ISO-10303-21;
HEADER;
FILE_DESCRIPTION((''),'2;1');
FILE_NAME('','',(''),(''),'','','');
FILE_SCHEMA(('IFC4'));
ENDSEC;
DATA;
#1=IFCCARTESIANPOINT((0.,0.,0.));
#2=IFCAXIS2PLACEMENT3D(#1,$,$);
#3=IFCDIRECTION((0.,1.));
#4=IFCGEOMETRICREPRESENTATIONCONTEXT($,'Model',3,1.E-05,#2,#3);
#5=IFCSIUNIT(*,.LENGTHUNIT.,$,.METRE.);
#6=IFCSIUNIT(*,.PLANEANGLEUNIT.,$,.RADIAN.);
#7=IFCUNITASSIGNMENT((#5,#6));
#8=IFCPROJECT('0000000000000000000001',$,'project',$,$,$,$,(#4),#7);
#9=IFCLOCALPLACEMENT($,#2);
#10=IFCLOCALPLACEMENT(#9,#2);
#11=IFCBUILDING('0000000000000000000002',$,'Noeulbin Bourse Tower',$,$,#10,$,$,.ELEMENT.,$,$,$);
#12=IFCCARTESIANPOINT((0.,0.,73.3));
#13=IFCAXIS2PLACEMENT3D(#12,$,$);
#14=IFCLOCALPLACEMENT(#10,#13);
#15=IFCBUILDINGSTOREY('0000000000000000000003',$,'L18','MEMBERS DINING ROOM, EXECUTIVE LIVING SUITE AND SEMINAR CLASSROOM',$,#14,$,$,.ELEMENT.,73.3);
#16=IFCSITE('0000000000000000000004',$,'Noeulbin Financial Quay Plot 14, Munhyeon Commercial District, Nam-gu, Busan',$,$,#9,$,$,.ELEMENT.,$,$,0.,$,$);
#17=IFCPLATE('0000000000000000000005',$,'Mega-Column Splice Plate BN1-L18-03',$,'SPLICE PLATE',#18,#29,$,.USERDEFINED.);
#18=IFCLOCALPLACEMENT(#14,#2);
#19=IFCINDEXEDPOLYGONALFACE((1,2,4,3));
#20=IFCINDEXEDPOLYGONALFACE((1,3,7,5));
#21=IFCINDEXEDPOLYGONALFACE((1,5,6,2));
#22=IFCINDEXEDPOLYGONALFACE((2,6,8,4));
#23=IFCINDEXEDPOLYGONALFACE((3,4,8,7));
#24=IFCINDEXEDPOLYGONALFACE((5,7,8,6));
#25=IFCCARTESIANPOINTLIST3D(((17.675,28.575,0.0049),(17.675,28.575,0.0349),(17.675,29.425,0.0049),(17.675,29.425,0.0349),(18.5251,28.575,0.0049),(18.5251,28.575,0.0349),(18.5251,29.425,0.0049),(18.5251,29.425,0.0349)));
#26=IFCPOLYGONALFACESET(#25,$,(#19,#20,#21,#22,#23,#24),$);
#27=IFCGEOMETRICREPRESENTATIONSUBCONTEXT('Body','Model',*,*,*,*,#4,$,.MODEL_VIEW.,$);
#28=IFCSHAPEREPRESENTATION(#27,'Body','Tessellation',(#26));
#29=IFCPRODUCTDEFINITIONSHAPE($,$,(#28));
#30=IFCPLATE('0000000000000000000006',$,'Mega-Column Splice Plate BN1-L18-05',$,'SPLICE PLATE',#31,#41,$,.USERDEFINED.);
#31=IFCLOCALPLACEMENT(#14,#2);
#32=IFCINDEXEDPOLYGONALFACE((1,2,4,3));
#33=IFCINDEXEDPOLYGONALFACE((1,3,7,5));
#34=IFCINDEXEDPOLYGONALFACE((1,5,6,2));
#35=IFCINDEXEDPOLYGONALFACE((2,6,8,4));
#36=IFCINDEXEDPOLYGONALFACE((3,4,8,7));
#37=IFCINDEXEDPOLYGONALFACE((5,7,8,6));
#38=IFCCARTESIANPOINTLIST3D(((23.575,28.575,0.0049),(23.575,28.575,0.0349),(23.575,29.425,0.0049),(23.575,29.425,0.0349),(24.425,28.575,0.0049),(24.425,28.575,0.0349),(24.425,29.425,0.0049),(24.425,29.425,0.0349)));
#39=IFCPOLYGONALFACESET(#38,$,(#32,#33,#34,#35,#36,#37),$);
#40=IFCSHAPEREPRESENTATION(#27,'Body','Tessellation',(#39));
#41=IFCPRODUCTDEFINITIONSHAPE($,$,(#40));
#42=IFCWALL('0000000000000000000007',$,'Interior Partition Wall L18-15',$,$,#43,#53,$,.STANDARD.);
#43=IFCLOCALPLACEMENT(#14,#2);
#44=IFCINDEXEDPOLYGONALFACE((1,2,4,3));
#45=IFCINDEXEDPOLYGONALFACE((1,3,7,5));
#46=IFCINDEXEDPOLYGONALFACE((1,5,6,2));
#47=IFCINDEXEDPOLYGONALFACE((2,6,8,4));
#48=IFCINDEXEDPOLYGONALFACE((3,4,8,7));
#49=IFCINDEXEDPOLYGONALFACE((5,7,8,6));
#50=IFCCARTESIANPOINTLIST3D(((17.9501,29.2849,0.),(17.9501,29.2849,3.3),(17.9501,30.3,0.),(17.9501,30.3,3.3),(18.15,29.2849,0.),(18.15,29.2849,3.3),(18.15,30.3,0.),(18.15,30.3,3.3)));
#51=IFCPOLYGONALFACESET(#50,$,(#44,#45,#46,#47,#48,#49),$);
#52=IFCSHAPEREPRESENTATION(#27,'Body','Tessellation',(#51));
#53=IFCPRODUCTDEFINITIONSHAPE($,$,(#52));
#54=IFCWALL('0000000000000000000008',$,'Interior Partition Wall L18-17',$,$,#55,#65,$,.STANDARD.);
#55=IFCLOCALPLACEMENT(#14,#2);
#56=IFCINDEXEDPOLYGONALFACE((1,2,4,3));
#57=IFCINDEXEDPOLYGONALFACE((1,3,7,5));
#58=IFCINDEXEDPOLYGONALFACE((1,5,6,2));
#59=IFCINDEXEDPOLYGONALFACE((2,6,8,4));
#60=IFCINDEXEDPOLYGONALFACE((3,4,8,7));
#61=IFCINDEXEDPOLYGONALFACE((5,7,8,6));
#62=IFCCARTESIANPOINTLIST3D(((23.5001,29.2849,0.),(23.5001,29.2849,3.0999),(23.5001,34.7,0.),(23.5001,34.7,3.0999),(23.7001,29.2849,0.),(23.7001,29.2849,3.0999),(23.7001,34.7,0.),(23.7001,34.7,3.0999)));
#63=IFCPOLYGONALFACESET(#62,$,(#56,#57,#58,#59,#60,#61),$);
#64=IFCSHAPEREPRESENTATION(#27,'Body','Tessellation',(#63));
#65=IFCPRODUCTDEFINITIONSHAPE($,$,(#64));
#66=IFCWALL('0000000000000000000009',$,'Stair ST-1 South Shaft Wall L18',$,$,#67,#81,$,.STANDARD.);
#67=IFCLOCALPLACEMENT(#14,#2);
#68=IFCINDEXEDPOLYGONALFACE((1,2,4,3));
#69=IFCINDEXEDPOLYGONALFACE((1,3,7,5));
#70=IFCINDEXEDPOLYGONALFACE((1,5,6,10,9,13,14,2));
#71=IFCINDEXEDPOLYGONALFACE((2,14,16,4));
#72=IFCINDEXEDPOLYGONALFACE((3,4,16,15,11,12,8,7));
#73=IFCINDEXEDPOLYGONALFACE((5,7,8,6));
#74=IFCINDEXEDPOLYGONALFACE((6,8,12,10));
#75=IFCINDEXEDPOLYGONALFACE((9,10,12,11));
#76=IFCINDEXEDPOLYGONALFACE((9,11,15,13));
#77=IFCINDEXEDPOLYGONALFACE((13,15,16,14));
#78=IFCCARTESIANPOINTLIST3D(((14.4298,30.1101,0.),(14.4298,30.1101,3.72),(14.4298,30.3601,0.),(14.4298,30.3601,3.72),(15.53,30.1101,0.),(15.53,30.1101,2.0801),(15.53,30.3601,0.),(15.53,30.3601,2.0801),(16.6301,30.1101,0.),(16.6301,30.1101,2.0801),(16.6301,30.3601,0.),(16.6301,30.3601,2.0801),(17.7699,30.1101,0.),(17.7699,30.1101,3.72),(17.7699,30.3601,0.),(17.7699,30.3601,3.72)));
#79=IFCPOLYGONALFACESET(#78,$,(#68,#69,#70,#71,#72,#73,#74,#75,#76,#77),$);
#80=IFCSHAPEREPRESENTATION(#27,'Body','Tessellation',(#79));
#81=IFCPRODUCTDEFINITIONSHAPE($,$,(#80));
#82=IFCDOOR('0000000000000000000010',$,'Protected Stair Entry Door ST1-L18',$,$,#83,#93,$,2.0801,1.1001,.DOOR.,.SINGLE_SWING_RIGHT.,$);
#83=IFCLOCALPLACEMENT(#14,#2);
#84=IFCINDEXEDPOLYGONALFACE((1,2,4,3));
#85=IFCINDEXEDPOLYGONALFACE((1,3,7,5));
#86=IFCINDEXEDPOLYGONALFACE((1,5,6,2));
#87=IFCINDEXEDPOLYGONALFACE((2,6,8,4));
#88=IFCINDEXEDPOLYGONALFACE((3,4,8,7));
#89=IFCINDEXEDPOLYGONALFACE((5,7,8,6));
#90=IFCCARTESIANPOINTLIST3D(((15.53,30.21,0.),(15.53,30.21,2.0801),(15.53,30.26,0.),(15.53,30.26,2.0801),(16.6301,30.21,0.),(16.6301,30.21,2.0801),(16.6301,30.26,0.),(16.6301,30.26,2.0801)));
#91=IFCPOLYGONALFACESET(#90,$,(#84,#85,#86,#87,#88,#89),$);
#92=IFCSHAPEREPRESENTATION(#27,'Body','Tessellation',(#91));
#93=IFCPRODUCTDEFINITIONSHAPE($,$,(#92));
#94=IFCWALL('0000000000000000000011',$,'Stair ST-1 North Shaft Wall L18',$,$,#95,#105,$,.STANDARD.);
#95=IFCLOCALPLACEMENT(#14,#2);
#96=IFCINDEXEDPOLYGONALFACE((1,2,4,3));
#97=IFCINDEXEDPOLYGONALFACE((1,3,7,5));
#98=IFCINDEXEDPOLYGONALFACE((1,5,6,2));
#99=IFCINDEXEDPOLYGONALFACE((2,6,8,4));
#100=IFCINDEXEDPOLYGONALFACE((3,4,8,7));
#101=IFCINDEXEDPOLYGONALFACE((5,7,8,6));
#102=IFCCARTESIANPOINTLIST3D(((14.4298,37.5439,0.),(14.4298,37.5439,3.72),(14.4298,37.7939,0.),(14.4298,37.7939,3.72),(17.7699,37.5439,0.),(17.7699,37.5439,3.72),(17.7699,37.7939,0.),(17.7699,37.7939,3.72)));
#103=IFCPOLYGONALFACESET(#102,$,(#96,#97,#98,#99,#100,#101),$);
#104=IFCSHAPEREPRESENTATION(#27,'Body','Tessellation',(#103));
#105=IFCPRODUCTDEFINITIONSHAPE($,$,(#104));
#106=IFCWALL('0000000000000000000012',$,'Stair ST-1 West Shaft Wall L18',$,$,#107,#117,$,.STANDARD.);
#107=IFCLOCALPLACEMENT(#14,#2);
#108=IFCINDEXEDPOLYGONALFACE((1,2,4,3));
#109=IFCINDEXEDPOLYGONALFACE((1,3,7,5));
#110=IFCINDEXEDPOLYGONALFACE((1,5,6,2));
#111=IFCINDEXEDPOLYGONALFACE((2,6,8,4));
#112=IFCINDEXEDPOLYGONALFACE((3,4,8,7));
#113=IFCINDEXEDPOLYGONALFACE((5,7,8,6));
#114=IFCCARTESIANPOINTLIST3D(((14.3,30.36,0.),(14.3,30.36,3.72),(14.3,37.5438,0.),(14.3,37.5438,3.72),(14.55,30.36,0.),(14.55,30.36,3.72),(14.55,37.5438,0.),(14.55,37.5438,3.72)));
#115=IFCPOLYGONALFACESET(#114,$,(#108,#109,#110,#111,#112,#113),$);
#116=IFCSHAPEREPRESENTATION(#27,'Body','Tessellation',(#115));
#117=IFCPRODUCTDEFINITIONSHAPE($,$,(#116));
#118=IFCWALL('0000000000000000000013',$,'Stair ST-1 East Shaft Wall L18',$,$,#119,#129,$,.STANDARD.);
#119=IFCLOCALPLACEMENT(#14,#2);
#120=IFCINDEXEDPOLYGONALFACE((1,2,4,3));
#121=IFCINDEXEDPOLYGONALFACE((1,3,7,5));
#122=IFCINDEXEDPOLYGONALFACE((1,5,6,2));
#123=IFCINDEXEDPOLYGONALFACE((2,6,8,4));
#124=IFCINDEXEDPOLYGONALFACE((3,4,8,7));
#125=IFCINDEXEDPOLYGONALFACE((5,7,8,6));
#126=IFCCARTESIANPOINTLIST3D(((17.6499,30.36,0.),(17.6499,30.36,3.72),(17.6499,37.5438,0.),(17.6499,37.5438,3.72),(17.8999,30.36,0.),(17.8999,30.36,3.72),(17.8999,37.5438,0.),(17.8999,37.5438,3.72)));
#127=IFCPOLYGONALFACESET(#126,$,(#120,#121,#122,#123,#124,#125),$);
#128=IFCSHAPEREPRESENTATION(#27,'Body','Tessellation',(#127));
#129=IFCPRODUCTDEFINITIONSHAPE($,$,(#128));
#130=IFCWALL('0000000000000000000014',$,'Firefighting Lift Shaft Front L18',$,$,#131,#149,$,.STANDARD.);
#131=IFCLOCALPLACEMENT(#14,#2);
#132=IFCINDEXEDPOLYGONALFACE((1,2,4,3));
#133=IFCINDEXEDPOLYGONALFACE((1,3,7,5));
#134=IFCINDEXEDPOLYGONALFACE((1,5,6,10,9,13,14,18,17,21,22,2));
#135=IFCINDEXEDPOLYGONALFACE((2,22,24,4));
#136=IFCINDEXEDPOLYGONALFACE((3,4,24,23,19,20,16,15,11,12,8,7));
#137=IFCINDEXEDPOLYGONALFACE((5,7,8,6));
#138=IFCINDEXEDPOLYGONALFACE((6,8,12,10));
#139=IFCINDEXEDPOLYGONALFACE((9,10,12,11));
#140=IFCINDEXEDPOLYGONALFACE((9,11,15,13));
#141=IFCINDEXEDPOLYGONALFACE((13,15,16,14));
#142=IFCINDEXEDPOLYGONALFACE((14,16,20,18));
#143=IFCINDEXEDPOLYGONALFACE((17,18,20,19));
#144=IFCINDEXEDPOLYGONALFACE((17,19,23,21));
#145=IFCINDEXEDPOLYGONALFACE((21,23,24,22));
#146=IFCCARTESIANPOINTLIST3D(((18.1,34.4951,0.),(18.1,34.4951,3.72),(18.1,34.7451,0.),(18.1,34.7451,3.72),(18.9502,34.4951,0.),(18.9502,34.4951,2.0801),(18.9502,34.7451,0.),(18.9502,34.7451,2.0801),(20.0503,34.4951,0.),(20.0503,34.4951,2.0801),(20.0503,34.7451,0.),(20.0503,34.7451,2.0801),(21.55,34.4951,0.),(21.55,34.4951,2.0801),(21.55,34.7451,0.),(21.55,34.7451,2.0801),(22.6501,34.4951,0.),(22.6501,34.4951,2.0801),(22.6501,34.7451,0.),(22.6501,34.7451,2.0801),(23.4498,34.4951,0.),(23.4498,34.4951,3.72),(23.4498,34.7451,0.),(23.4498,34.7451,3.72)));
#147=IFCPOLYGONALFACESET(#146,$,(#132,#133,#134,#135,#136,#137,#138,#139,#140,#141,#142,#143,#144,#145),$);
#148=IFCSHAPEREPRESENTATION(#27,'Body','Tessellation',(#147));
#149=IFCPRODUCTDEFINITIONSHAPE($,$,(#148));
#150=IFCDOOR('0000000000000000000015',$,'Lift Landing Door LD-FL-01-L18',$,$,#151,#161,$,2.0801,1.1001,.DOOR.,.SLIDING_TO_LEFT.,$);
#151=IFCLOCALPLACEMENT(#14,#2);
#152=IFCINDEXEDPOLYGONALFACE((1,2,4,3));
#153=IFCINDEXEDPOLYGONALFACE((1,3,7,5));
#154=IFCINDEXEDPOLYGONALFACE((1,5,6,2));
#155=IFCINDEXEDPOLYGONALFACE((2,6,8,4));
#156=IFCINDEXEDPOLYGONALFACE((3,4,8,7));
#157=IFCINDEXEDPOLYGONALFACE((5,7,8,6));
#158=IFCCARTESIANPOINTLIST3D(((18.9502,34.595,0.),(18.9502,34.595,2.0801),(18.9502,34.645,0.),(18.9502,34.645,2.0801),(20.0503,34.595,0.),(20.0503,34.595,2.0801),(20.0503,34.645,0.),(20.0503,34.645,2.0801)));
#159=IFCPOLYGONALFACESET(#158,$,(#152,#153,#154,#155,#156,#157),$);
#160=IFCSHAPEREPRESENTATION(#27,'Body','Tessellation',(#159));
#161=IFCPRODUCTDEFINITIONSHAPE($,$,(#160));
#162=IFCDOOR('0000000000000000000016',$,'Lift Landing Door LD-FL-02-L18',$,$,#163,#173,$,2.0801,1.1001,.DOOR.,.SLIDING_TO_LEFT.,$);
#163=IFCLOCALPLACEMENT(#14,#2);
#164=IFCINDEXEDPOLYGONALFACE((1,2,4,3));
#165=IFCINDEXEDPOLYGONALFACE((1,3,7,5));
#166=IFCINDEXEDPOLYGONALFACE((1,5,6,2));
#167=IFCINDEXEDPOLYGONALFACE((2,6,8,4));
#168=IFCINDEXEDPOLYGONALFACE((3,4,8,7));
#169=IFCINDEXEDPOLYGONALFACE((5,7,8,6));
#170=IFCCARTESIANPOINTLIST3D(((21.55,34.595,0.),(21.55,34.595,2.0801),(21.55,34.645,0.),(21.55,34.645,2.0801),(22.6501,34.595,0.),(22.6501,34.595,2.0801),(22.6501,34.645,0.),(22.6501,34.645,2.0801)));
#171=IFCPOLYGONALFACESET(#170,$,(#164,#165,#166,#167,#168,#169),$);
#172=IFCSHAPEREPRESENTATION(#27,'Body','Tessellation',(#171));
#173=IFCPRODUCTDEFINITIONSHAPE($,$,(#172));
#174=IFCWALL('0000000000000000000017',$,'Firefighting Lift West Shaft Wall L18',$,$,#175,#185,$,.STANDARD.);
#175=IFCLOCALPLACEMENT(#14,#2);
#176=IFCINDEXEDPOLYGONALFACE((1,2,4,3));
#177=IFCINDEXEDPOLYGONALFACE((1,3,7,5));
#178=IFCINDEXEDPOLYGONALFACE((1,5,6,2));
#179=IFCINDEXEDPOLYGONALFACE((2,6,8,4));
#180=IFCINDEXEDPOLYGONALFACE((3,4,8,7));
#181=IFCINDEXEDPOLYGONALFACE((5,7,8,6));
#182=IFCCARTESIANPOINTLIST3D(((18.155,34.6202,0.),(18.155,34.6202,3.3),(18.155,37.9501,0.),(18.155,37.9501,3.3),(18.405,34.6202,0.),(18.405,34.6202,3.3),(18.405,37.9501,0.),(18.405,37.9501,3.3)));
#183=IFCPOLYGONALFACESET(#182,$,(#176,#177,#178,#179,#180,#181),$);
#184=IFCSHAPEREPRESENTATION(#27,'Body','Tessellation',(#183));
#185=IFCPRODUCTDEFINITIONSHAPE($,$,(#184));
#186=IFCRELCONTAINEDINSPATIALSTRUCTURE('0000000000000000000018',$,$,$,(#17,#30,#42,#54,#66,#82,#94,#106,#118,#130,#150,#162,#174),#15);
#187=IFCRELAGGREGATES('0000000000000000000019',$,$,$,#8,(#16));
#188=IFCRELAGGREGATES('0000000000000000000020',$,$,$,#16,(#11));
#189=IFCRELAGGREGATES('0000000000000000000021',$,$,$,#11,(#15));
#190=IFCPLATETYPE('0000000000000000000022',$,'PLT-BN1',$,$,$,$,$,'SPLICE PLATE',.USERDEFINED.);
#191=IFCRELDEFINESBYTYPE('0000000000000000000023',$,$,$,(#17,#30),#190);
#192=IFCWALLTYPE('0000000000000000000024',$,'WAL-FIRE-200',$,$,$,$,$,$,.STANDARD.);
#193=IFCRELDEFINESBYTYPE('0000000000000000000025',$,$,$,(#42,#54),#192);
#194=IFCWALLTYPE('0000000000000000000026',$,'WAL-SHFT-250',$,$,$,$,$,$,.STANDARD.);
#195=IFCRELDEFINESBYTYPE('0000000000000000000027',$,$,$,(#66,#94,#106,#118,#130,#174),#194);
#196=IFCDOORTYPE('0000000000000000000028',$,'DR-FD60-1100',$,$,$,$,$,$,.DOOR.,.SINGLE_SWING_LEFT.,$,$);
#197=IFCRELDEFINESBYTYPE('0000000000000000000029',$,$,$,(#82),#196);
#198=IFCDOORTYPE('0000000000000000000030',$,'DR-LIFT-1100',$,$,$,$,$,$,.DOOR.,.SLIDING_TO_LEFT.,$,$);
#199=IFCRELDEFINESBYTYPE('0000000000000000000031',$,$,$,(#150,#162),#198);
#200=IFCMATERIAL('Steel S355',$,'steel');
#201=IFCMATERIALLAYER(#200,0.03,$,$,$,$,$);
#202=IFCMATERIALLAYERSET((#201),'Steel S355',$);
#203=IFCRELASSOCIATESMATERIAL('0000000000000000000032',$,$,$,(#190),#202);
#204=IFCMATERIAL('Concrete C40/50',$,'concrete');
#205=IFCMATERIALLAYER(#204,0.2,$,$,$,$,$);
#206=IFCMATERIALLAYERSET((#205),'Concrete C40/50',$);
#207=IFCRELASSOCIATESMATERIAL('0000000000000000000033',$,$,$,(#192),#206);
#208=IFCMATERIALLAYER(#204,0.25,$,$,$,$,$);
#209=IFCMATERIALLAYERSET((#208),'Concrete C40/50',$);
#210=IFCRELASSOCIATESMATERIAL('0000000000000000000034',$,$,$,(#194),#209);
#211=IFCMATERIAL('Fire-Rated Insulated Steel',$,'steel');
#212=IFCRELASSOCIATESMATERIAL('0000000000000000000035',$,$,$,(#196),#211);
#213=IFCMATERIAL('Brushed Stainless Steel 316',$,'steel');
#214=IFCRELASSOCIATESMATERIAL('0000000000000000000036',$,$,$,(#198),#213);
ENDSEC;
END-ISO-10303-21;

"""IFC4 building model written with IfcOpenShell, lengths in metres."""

from ifc_helpers import new_model, si_unit, direction, frame, frame_2d, origin, origin_2d, place, context, subcontext, project, spatial, rectangle, extrude, material, layer, layer_set, type_object, element, fill, save


model = new_model("IFC4")

# Units and contexts
model_context = context("Model", 3, precision=1e-05, world=origin(), true_north=direction((0.0, 1.0)))
body_context = subcontext(model_context, "Body", "Model", "MODEL_VIEW")
ifc_project = project(units=[si_unit("LENGTHUNIT", "METRE"), si_unit("PLANEANGLEUNIT", "RADIAN")], contexts=[model_context])

# Site, building, storey
site_placement = place(None, origin())
site = spatial("IfcSite", under=ifc_project, at=site_placement, Name="Noeulbin Financial Quay Plot 14, Munhyeon Commercial District, Nam-gu, Busan", CompositionType="ELEMENT", RefElevation=0.0)
building_placement = place(site_placement, origin())
building = spatial("IfcBuilding", under=site, at=building_placement, Name="Noeulbin Bourse Tower", CompositionType="ELEMENT")
storey_placement = place(building_placement, frame((0.0, 0.0, 73.3)))
storey = spatial("IfcBuildingStorey", under=building, at=storey_placement, Name="L18", Description="MEMBERS DINING ROOM, EXECUTIVE LIVING SUITE AND SEMINAR CLASSROOM", CompositionType="ELEMENT", Elevation=73.3)

# Shared definitions
ifc_material_1 = material(Name="Steel S355", Category="steel")

# Plates
ifc_layer_1 = layer(ifc_material_1, 0.03)
ifc_layer_set_1 = layer_set([ifc_layer_1], Name="Steel S355")
plate_type = type_object("IfcPlateType", Name="PLT-BN1", ElementType="SPLICE PLATE", PredefinedType="USERDEFINED", material=ifc_layer_set_1)
for number, where, z_axis, x_axis, name in (
    (1, (18.1001, 29.0, 0.0049), (0.0, 0.0, 1.0), (1.0, 0.0, 0.0), "Mega-Column Splice Plate BN1-L18-03"),
    (2, (24.0, 29.0, 0.0049), (0.0, 0.0, 1.0), (1.0, 0.0, 0.0), "Mega-Column Splice Plate BN1-L18-05"),
):
    element("IfcPlate", number, at=place(storey_placement, frame(where, z_axis=z_axis, x_axis=x_axis)), inside=storey, type_object=plate_type, Name=name, ObjectType="SPLICE PLATE", PredefinedType="USERDEFINED", context=body_context, shape_type="SweptSolid", body=[
        extrude(rectangle(XDim=0.8501, YDim=0.8501, at=origin_2d()), origin(), (0.0, 0.0, 1.0), 0.03),
    ])

# Walls
ifc_material_2 = material(Name="Concrete C40/50", Category="concrete")
ifc_layer_2 = layer(ifc_material_2, 0.2)
ifc_layer_set_2 = layer_set([ifc_layer_2], Name="Concrete C40/50")
wall_type_1 = type_object("IfcWallType", Name="WAL-FIRE-200", PredefinedType="STANDARD", material=ifc_layer_set_2)
wall_1_placement = place(storey_placement, frame((18.05, 29.2849, 0.0), z_axis=(0.0, 0.0, 1.0), x_axis=(0.0, 1.0, 0.0)))
element("IfcWall", 3, at=wall_1_placement, inside=storey, type_object=wall_type_1, Name="Interior Partition Wall L18-15", PredefinedType="STANDARD", context=body_context, shape_type="SweptSolid", body=[
    extrude(rectangle(XDim=1.0151, YDim=0.2, at=frame_2d((0.5076, 0.0))), origin(), (0.0, 0.0, 1.0), 3.3),
])
wall_2_placement = place(storey_placement, frame((23.6001, 29.2849, 0.0), z_axis=(0.0, 0.0, 1.0), x_axis=(0.0, 1.0, 0.0)))
element("IfcWall", 4, at=wall_2_placement, inside=storey, type_object=wall_type_1, Name="Interior Partition Wall L18-17", PredefinedType="STANDARD", context=body_context, shape_type="SweptSolid", body=[
    extrude(rectangle(XDim=5.415, YDim=0.2, at=frame_2d((2.7075, 0.0))), origin(), (0.0, 0.0, 1.0), 3.0999),
])

# Wall, opening, door
ifc_layer_3 = layer(ifc_material_2, 0.25)
ifc_layer_set_3 = layer_set([ifc_layer_3], Name="Concrete C40/50")
wall_type_2 = type_object("IfcWallType", Name="WAL-SHFT-250", PredefinedType="STANDARD", material=ifc_layer_set_3)
wall_3_placement = place(storey_placement, frame((14.4299, 30.2351, 0.0), z_axis=(0.0, 0.0, 1.0), x_axis=(1.0, 0.0, 0.0)))
wall_3 = element("IfcWall", 5, at=wall_3_placement, inside=storey, type_object=wall_type_2, Name="Stair ST-1 South Shaft Wall L18", PredefinedType="STANDARD", context=body_context, shape_type="SweptSolid", body=[
    extrude(rectangle(XDim=3.3401, YDim=0.25, at=frame_2d((1.6699, 0.0))), origin(), (0.0, 0.0, 1.0), 3.72),
])
opening_1_placement = place(wall_3_placement, frame((1.1001, 0.0, 0.0)))
opening_1 = element("IfcOpeningElement", 6, at=opening_1_placement, cuts=wall_3, PredefinedType="OPENING", context=body_context, shape_type="SweptSolid", body=[
    extrude(rectangle(XDim=1.1001, YDim=2.0801, at=frame_2d((0.55, 1.04))), frame((0.0, 0.135, 0.0), z_axis=(0.0, -1.0, 0.0), x_axis=(1.0, 0.0, 0.0)), (0.0, 0.0, 1.0), 0.27),
])
ifc_material_3 = material(Name="Fire-Rated Insulated Steel", Category="steel")
door_type_1 = type_object("IfcDoorType", Name="DR-FD60-1100", OperationType="SINGLE_SWING_LEFT", PredefinedType="DOOR", material=ifc_material_3)
door_1_placement = place(opening_1_placement, origin())
door_1 = element("IfcDoor", 7, at=door_1_placement, inside=storey, type_object=door_type_1, Name="Protected Stair Entry Door ST1-L18", OperationType="SINGLE_SWING_RIGHT", OverallHeight=2.0801, OverallWidth=1.1001, PredefinedType="DOOR", context=body_context, shape_type="SweptSolid", body=[
    extrude(rectangle(XDim=1.1001, YDim=2.0801, at=frame_2d((0.55, 1.04))), frame((0.0, 0.0249, 0.0), z_axis=(0.0, -1.0, 0.0), x_axis=(1.0, 0.0, 0.0)), (0.0, 0.0, 1.0), 0.05),
])
fill(opening_1, door_1)

# Walls
wall_4_placement = place(storey_placement, frame((14.4299, 37.6689, 0.0), z_axis=(0.0, 0.0, 1.0), x_axis=(1.0, 0.0, 0.0)))
element("IfcWall", 8, at=wall_4_placement, inside=storey, type_object=wall_type_2, Name="Stair ST-1 North Shaft Wall L18", PredefinedType="STANDARD", context=body_context, shape_type="SweptSolid", body=[
    extrude(rectangle(XDim=3.3401, YDim=0.25, at=frame_2d((1.6699, 0.0))), origin(), (0.0, 0.0, 1.0), 3.72),
])
for number, where, z_axis, x_axis, name in (
    (9, (14.425, 30.3601, 0.0), (0.0, 0.0, 1.0), (0.0, 1.0, 0.0), "Stair ST-1 West Shaft Wall L18"),
    (10, (17.7749, 30.3601, 0.0), (0.0, 0.0, 1.0), (0.0, 1.0, 0.0), "Stair ST-1 East Shaft Wall L18"),
):
    element("IfcWall", number, at=place(storey_placement, frame(where, z_axis=z_axis, x_axis=x_axis)), inside=storey, type_object=wall_type_2, Name=name, PredefinedType="STANDARD", context=body_context, shape_type="SweptSolid", body=[
        extrude(rectangle(XDim=7.1838, YDim=0.25, at=frame_2d((3.5918, 0.0))), origin(), (0.0, 0.0, 1.0), 3.72),
    ])

# Wall, openings, doors
wall_5_placement = place(storey_placement, frame((18.1001, 34.6201, 0.0), z_axis=(0.0, 0.0, 1.0), x_axis=(1.0, 0.0, 0.0)))
wall_5 = element("IfcWall", 11, at=wall_5_placement, inside=storey, type_object=wall_type_2, Name="Firefighting Lift Shaft Front L18", PredefinedType="STANDARD", context=body_context, shape_type="SweptSolid", body=[
    extrude(rectangle(XDim=5.3499, YDim=0.25, at=frame_2d((2.6748, 0.0))), origin(), (0.0, 0.0, 1.0), 3.72),
])
opening_2_placement = place(wall_5_placement, frame((0.8501, 0.0, 0.0)))
opening_2 = element("IfcOpeningElement", 12, at=opening_2_placement, cuts=wall_5, PredefinedType="OPENING", context=body_context, shape_type="SweptSolid", body=[
    extrude(rectangle(XDim=1.1001, YDim=2.0801, at=frame_2d((0.55, 1.04))), frame((0.0, 0.135, 0.0), z_axis=(0.0, -1.0, 0.0), x_axis=(1.0, 0.0, 0.0)), (0.0, 0.0, 1.0), 0.27),
])
opening_3_placement = place(wall_5_placement, frame((3.45, 0.0, 0.0)))
opening_3 = element("IfcOpeningElement", 13, at=opening_3_placement, cuts=wall_5, PredefinedType="OPENING", context=body_context, shape_type="SweptSolid", body=[
    extrude(rectangle(XDim=1.1001, YDim=2.0801, at=frame_2d((0.55, 1.04))), frame((0.0, 0.135, 0.0), z_axis=(0.0, -1.0, 0.0), x_axis=(1.0, 0.0, 0.0)), (0.0, 0.0, 1.0), 0.27),
])
ifc_material_4 = material(Name="Brushed Stainless Steel 316", Category="steel")
door_type_2 = type_object("IfcDoorType", Name="DR-LIFT-1100", OperationType="SLIDING_TO_LEFT", PredefinedType="DOOR", material=ifc_material_4)
door_2_placement = place(opening_2_placement, origin())
door_2 = element("IfcDoor", 14, at=door_2_placement, inside=storey, type_object=door_type_2, Name="Lift Landing Door LD-FL-01-L18", OperationType="SLIDING_TO_LEFT", OverallHeight=2.0801, OverallWidth=1.1001, PredefinedType="DOOR", context=body_context, shape_type="SweptSolid", body=[
    extrude(rectangle(XDim=1.1001, YDim=2.0801, at=frame_2d((0.55, 1.04))), frame((0.0, 0.0249, 0.0), z_axis=(0.0, -1.0, 0.0), x_axis=(1.0, 0.0, 0.0)), (0.0, 0.0, 1.0), 0.05),
])
fill(opening_2, door_2)
door_3_placement = place(opening_3_placement, origin())
door_3 = element("IfcDoor", 15, at=door_3_placement, inside=storey, type_object=door_type_2, Name="Lift Landing Door LD-FL-02-L18", OperationType="SLIDING_TO_LEFT", OverallHeight=2.0801, OverallWidth=1.1001, PredefinedType="DOOR", context=body_context, shape_type="SweptSolid", body=[
    extrude(rectangle(XDim=1.1001, YDim=2.0801, at=frame_2d((0.55, 1.04))), frame((0.0, 0.0249, 0.0), z_axis=(0.0, -1.0, 0.0), x_axis=(1.0, 0.0, 0.0)), (0.0, 0.0, 1.0), 0.05),
])
fill(opening_3, door_3)

# Wall
for number, where, z_axis, x_axis, name in (
    (16, (18.28, 34.6201, 0.0), (0.0, 0.0, 1.0), (0.0, 1.0, 0.0), "Firefighting Lift West Shaft Wall L18"),
):
    element("IfcWall", number, at=place(storey_placement, frame(where, z_axis=z_axis, x_axis=x_axis)), inside=storey, type_object=wall_type_2, Name=name, PredefinedType="STANDARD", context=body_context, shape_type="SweptSolid", body=[
        extrude(rectangle(XDim=3.3298, YDim=0.25, at=frame_2d((1.665, 0.0))), origin(), (0.0, 0.0, 1.0), 3.3),
    ])

save(model, "model.ifc")
